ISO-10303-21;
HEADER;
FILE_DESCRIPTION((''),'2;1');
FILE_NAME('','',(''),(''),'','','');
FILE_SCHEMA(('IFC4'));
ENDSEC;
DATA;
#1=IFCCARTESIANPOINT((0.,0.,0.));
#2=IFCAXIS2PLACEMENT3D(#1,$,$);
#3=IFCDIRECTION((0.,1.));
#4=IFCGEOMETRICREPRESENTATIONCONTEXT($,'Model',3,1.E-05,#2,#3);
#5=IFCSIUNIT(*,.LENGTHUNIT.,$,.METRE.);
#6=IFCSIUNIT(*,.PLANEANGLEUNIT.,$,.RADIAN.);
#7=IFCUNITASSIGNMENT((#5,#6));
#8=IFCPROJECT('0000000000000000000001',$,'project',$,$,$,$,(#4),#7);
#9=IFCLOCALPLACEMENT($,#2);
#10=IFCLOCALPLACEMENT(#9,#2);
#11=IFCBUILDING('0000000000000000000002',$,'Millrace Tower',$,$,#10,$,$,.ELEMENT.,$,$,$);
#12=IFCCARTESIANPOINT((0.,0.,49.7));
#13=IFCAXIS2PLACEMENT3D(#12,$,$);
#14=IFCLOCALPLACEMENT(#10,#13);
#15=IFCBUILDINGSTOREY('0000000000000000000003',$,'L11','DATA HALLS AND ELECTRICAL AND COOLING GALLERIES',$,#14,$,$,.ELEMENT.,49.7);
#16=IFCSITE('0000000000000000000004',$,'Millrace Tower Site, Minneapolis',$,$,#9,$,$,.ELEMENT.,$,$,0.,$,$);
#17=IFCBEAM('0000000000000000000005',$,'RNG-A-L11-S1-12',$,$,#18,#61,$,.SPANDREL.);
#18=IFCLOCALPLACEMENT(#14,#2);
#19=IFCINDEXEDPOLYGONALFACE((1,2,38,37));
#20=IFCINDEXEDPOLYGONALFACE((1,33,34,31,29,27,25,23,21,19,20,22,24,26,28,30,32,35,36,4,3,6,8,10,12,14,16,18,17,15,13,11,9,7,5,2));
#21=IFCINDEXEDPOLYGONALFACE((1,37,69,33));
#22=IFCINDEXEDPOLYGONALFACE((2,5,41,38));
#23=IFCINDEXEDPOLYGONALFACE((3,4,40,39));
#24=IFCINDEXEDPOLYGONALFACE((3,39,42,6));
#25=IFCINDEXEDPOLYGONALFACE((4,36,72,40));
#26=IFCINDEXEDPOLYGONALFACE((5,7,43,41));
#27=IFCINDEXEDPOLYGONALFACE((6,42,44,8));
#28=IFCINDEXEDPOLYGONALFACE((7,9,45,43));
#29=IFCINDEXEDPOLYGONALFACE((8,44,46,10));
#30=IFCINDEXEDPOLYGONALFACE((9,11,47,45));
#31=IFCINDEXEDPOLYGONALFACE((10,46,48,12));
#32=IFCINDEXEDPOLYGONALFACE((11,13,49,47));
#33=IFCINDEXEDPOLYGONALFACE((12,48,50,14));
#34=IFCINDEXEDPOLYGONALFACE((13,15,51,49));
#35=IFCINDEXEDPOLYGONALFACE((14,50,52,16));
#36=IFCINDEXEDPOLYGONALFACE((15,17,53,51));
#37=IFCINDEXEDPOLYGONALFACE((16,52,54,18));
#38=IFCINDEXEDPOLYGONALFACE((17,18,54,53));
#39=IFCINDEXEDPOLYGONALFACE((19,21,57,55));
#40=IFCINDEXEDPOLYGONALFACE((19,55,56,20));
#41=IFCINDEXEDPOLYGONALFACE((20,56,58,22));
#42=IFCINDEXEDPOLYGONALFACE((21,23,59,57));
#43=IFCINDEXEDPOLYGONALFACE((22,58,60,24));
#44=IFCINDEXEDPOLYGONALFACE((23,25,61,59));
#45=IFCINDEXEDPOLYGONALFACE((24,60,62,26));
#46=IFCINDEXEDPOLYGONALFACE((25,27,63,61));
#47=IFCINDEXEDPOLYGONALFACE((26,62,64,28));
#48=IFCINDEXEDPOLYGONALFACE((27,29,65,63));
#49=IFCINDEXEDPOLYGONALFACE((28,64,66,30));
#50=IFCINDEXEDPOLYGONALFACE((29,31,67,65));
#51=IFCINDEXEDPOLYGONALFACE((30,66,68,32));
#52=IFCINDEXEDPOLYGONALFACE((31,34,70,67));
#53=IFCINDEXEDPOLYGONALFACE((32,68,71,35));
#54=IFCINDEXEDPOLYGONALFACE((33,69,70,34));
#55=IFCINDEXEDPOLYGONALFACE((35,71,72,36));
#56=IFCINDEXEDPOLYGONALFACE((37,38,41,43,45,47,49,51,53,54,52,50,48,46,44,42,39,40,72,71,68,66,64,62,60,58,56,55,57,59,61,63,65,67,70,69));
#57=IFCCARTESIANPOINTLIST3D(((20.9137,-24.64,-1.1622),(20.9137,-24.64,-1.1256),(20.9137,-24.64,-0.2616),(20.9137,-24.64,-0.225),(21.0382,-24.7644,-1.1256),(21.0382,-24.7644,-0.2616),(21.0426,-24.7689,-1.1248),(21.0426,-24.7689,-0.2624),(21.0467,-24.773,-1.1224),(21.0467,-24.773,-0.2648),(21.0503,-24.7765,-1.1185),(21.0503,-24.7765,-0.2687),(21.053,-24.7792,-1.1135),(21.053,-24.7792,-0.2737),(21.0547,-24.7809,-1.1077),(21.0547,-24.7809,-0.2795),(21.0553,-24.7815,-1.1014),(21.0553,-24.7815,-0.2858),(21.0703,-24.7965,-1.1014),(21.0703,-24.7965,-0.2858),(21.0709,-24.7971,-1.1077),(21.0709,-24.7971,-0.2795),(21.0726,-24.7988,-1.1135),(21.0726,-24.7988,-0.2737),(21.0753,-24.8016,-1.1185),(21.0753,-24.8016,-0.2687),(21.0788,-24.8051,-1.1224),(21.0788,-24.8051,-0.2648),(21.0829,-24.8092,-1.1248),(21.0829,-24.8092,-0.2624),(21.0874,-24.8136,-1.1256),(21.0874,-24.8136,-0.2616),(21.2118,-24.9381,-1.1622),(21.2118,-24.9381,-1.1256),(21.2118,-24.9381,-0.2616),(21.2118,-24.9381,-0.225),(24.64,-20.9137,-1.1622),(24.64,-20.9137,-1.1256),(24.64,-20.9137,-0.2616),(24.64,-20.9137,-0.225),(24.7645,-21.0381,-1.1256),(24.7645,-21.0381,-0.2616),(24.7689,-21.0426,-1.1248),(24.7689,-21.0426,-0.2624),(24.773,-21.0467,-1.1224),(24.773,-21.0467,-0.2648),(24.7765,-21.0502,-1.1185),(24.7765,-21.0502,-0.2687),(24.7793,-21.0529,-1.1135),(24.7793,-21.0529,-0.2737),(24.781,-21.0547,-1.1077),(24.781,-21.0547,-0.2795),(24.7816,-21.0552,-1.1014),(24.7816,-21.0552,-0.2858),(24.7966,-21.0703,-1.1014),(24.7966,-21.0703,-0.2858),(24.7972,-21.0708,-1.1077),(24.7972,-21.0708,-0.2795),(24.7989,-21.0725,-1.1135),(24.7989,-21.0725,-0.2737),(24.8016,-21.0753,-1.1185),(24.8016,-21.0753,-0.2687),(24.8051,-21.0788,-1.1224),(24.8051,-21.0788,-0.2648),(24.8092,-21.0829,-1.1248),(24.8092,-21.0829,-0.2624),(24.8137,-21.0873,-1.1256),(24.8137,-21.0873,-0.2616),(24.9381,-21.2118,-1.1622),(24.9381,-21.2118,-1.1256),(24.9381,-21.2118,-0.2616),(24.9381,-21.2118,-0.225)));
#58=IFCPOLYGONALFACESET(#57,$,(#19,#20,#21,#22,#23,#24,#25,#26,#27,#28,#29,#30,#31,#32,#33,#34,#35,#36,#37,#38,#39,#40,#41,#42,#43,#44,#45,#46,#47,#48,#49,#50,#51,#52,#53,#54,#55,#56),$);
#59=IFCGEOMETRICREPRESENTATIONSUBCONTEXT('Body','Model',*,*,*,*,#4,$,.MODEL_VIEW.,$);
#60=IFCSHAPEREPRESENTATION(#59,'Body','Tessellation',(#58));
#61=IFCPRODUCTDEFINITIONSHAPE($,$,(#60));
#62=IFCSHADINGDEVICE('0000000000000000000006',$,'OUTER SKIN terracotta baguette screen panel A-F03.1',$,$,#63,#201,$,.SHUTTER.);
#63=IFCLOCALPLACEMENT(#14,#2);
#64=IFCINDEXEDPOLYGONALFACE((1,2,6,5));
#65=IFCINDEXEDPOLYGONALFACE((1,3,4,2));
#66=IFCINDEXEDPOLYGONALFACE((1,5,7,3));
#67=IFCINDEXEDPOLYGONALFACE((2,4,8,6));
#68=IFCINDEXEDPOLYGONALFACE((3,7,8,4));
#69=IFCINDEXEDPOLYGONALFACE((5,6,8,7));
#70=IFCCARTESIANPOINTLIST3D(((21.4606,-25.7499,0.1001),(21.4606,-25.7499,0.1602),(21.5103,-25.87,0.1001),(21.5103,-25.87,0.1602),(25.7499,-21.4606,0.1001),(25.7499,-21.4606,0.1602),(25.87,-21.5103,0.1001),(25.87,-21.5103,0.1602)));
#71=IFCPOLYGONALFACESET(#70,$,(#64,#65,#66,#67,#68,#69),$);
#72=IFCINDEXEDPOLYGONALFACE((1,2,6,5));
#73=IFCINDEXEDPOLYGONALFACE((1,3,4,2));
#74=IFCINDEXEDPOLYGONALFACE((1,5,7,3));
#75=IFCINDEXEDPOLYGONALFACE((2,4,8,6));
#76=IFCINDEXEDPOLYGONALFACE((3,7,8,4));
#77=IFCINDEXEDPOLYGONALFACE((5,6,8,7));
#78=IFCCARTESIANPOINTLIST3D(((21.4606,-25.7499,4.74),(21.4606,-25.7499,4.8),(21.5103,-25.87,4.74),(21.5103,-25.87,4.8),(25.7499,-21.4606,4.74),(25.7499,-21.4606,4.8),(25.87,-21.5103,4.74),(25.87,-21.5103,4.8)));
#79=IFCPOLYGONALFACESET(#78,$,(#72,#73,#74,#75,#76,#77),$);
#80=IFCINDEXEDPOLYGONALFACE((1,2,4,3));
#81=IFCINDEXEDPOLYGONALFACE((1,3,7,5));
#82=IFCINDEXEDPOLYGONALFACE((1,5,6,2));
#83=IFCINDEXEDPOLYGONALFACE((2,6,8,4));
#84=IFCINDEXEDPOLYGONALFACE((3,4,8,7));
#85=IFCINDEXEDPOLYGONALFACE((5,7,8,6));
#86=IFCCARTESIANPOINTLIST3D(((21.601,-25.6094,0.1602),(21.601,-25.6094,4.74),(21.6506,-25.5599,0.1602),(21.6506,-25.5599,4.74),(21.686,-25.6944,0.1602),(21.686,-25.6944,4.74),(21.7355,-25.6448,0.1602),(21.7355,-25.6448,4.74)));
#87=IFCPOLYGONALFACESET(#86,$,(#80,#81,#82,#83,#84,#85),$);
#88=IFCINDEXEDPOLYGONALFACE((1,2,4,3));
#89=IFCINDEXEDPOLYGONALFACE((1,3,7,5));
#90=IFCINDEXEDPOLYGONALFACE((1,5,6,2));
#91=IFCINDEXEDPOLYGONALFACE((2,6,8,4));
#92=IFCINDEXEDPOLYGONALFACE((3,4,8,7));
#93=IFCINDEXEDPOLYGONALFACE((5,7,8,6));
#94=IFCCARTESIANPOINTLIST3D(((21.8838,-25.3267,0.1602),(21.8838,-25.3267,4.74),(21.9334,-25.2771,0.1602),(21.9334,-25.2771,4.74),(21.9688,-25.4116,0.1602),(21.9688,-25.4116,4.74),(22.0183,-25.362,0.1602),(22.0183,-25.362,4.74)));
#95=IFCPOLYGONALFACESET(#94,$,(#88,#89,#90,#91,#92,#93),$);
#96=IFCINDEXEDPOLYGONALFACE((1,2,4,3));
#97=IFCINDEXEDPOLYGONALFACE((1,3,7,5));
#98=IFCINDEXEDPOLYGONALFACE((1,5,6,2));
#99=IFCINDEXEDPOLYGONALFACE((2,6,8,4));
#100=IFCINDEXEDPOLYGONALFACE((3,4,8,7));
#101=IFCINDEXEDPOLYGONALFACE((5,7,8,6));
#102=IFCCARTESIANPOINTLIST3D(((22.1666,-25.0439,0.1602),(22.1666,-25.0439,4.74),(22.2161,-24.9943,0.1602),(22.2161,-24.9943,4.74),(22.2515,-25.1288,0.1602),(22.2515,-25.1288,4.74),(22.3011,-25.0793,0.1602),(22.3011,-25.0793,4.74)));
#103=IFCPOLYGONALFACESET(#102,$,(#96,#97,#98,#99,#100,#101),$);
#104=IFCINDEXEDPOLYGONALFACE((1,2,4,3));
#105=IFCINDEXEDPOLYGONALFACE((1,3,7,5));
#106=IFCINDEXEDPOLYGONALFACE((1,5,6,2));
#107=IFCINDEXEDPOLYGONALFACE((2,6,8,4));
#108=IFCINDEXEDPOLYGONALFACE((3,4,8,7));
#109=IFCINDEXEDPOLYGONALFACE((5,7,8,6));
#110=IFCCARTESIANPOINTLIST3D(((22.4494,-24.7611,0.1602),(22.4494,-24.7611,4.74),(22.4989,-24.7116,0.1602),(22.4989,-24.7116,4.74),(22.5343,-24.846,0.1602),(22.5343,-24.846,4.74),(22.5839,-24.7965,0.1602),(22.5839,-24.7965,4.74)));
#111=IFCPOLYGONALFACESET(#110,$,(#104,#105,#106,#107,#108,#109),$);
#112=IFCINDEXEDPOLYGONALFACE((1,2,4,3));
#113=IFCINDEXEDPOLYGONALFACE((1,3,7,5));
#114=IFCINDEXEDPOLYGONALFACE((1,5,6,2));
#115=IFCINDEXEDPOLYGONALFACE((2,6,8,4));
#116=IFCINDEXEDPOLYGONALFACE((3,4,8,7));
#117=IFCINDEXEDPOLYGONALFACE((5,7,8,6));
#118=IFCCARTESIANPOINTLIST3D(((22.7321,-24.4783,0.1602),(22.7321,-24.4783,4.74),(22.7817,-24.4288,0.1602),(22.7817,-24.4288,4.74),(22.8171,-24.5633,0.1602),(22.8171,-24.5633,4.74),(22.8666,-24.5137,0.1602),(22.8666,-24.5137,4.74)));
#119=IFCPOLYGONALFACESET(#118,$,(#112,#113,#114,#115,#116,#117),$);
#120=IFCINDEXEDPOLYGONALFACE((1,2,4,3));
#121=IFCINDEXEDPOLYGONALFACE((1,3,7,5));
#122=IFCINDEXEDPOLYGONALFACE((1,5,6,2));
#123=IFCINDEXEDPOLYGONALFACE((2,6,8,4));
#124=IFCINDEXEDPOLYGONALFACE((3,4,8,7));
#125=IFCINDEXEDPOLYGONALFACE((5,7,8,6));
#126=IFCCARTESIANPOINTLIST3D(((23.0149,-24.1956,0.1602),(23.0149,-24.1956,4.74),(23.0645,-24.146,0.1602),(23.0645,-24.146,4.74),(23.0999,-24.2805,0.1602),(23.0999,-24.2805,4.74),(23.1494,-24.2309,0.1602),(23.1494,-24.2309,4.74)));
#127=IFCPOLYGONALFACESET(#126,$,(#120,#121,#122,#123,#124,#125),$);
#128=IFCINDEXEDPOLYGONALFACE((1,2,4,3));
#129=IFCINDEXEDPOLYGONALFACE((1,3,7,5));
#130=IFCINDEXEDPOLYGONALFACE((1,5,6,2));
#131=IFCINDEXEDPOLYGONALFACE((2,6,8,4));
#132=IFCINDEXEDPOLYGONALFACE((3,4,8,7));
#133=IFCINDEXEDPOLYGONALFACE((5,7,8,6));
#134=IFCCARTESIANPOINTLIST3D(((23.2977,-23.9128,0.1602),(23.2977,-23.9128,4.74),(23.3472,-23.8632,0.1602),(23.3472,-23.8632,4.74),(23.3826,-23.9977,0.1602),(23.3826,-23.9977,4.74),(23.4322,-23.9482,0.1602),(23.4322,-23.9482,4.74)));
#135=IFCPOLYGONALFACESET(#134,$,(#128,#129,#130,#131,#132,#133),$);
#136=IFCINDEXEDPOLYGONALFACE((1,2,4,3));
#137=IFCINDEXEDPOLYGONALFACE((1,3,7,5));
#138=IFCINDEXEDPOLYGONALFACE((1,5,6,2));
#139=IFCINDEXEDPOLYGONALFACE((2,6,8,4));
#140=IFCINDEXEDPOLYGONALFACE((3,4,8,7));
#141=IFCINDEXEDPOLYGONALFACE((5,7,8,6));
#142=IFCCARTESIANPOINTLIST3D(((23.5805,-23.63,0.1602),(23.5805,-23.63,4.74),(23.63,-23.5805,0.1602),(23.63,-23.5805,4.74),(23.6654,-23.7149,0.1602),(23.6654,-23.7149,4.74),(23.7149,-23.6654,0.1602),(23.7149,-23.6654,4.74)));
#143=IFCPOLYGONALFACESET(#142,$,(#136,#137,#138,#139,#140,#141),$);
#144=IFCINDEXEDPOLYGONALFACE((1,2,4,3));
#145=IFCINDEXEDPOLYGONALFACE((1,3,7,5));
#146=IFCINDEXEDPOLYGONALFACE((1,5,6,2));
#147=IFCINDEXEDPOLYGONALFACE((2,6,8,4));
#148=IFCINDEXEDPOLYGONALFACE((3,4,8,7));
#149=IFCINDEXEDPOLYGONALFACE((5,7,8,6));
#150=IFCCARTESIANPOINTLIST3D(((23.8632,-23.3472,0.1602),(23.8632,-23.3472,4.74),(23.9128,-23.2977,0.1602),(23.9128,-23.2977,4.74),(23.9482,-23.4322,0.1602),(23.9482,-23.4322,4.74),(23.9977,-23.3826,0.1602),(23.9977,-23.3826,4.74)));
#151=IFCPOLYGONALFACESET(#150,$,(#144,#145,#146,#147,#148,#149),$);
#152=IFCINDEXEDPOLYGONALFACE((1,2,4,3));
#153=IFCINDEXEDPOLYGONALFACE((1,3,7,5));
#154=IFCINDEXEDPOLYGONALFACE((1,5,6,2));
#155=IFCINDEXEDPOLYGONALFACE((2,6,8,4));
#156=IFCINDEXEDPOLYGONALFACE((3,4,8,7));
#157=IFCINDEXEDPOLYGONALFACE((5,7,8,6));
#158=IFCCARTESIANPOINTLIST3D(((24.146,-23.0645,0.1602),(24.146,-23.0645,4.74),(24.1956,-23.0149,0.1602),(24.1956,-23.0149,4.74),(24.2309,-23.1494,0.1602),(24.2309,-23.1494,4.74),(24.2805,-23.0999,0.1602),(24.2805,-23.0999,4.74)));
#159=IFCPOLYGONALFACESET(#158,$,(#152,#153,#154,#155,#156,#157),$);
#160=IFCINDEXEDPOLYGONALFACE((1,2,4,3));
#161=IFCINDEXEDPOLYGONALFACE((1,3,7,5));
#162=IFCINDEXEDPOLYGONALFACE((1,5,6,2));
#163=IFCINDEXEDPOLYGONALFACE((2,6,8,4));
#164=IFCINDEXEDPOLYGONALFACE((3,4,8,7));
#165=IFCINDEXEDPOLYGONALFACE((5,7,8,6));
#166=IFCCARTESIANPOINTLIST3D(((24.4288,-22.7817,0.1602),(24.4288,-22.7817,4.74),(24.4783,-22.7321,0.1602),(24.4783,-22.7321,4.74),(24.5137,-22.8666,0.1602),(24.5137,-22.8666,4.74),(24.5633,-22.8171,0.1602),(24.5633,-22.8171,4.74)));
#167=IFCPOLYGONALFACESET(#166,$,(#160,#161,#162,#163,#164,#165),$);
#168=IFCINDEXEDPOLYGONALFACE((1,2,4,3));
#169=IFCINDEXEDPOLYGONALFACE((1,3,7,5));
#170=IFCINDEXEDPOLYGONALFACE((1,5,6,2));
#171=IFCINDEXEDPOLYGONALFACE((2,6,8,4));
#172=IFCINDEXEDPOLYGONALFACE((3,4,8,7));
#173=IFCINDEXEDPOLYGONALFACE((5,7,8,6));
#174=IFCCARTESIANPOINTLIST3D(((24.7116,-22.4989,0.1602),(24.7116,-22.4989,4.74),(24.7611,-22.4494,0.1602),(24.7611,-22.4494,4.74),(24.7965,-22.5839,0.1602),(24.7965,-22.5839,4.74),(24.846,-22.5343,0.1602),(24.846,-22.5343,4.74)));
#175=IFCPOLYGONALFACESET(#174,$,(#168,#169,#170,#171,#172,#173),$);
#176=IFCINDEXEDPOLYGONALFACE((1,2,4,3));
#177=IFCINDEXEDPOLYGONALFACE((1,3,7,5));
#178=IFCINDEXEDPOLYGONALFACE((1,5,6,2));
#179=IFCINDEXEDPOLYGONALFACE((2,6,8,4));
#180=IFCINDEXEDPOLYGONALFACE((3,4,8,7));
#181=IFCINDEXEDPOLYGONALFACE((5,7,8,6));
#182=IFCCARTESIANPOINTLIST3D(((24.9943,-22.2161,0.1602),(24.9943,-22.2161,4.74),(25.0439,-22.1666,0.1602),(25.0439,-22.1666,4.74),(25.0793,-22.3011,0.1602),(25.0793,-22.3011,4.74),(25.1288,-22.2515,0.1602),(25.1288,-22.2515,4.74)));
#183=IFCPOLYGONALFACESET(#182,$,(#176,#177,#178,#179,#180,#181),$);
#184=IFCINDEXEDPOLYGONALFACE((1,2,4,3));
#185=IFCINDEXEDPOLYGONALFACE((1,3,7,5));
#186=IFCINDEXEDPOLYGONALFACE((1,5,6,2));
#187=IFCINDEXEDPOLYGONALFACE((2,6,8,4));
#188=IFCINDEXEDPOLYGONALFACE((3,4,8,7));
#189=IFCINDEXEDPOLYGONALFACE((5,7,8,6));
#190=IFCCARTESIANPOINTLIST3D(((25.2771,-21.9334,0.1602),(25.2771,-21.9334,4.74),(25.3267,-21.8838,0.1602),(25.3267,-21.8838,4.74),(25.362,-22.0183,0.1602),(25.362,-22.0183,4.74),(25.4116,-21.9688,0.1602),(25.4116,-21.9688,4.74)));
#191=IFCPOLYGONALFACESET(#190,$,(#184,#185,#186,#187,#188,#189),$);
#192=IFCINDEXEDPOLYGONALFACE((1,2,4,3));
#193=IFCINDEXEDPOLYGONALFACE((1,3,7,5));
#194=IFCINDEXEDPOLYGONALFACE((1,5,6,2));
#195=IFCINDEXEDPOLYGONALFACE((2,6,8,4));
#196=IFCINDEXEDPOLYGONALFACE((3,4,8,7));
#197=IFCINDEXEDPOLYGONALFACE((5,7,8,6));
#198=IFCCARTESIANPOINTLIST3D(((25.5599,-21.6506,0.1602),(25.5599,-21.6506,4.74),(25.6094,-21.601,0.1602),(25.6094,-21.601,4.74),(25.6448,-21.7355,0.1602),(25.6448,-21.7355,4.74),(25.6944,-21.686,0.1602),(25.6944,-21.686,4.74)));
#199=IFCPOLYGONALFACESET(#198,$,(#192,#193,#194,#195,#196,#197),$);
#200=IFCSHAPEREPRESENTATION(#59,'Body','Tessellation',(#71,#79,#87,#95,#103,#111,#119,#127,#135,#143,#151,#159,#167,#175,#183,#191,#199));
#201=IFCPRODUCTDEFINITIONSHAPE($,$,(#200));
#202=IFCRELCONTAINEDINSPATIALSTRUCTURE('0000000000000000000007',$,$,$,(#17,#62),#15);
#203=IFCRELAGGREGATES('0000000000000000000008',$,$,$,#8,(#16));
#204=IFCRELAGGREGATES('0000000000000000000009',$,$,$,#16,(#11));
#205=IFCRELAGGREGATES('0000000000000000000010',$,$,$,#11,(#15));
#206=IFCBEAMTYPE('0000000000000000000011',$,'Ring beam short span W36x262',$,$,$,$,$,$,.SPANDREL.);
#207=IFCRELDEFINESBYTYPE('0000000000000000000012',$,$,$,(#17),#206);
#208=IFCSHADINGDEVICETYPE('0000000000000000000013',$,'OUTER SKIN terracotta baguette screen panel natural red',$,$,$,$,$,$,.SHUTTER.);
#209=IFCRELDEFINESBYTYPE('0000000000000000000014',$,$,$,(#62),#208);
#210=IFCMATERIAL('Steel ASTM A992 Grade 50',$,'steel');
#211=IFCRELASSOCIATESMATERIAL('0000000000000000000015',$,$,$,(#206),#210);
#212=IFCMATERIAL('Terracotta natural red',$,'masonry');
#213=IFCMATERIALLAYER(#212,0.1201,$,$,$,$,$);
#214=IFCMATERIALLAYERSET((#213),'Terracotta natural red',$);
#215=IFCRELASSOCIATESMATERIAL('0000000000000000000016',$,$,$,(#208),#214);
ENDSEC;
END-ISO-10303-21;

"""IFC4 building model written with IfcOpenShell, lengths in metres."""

from ifc_helpers import new_model, entity, si_unit, direction, frame, frame_2d, origin, origin_2d, place, context, subcontext, project, spatial, rectangle, i_section, extrude, source, transform, mapped, material, layer, layer_set, material_profile, profile_set, type_object, element, save


model = new_model("IFC4")

# Units and contexts
model_context = context("Model", 3, precision=1e-05, world=origin(), true_north=direction((0.0, 1.0)))
body_context = subcontext(model_context, "Body", "Model", "MODEL_VIEW")
ifc_project = project(units=[si_unit("LENGTHUNIT", "METRE"), si_unit("PLANEANGLEUNIT", "RADIAN")], contexts=[model_context])

# Site, building, storey
site_placement = place(None, origin())
site = spatial("IfcSite", under=ifc_project, at=site_placement, Name="Millrace Tower Site, Minneapolis", CompositionType="ELEMENT", RefElevation=0.0)
building_placement = place(site_placement, origin())
building = spatial("IfcBuilding", under=site, at=building_placement, Name="Millrace Tower", CompositionType="ELEMENT")
storey_placement = place(building_placement, frame((0.0, 0.0, 49.7)))
storey = spatial("IfcBuildingStorey", under=building, at=storey_placement, Name="L11", Description="DATA HALLS AND ELECTRICAL AND COOLING GALLERIES", CompositionType="ELEMENT", Elevation=49.7)

# Beam
ifc_material_1 = material(Name="Steel ASTM A992 Grade 50", Category="steel")
ifc_material_profile_1 = material_profile(ifc_material_1, i_section(OverallWidth=0.4216, OverallDepth=0.9373, WebThickness=0.0212, FlangeThickness=0.0366, FilletRadius=0.0242, at=origin_2d()))
ifc_profile_set_1 = profile_set([ifc_material_profile_1], Name="Steel ASTM A992 Grade 50")
beam_type_1 = type_object("IfcBeamType", Name="Ring beam short span W36x262", PredefinedType="SPANDREL", material=ifc_profile_set_1)
beam_1_placement = place(storey_placement, frame((24.7891, -21.0627, -0.6936), z_axis=(-0.707107, -0.707107, 0.0), x_axis=(0.707107, -0.707107, 0.0)))
element("IfcBeam", 1, at=beam_1_placement, inside=storey, type_object=beam_type_1, Name="RNG-A-L11-S1-12", PredefinedType="SPANDREL", context=body_context, shape_type="SweptSolid", body=[
    extrude(i_section(OverallWidth=0.4216, OverallDepth=0.9373, WebThickness=0.0212, FlangeThickness=0.0366, FilletRadius=0.0242, at=origin_2d()), origin(), (0.0, 0.0, 1.0), 5.2698),
])

# Shading device
ifc_material_2 = material(Name="Terracotta natural red", Category="masonry")
ifc_layer_1 = layer(ifc_material_2, 0.1201)
ifc_layer_set_1 = layer_set([ifc_layer_1], Name="Terracotta natural red")
shading_device_type_1 = type_object("IfcShadingDeviceType", Name="OUTER SKIN terracotta baguette screen panel natural red", PredefinedType="SHUTTER", material=ifc_layer_set_1)
cartesian_point_1 = entity("IfcCartesianPoint", [-3.033, 0.0601])
shared_polyline_1 = entity("IfcPolyline", [cartesian_point_1, entity("IfcCartesianPoint", [3.033, 0.0601]), entity("IfcCartesianPoint", [3.0828, -0.0601]), entity("IfcCartesianPoint", [-3.0828, -0.0601]), cartesian_point_1])
shared_shape_1 = source(origin(), body_context, "Body", "SweptSolid", [
    entity("IfcExtrudedAreaSolid", entity("IfcArbitraryClosedProfileDef", "AREA", None, shared_polyline_1), entity("IfcAxis2Placement3D", entity("IfcCartesianPoint", [0.0, 0.0, 0.0])), entity("IfcDirection", [0.0, 0.0, 1.0]), 0.0601),
    entity("IfcExtrudedAreaSolid", entity("IfcArbitraryClosedProfileDef", "AREA", None, shared_polyline_1), entity("IfcAxis2Placement3D", entity("IfcCartesianPoint", [0.0, 0.0, 4.6399])), entity("IfcDirection", [0.0, 0.0, 1.0]), 0.0601),
    extrude(rectangle(XDim=0.0701, YDim=0.1201, at=frame_2d((-2.7993, 0.0))), frame((0.0, 0.0, 0.0601)), (0.0, 0.0, 1.0), 4.5798),
    extrude(rectangle(XDim=0.0701, YDim=0.1201, at=frame_2d((-2.3994, 0.0))), frame((0.0, 0.0, 0.0601)), (0.0, 0.0, 1.0), 4.5798),
    extrude(rectangle(XDim=0.0701, YDim=0.1201, at=frame_2d((-1.9995, 0.0))), frame((0.0, 0.0, 0.0601)), (0.0, 0.0, 1.0), 4.5798),
    extrude(rectangle(XDim=0.0701, YDim=0.1201, at=frame_2d((-1.5996, 0.0))), frame((0.0, 0.0, 0.0601)), (0.0, 0.0, 1.0), 4.5798),
    extrude(rectangle(XDim=0.0701, YDim=0.1201, at=frame_2d((-1.1997, 0.0))), frame((0.0, 0.0, 0.0601)), (0.0, 0.0, 1.0), 4.5798),
    extrude(rectangle(XDim=0.0701, YDim=0.1201, at=frame_2d((-0.7998, 0.0))), frame((0.0, 0.0, 0.0601)), (0.0, 0.0, 1.0), 4.5798),
    extrude(rectangle(XDim=0.0701, YDim=0.1201, at=frame_2d((-0.3999, 0.0))), frame((0.0, 0.0, 0.0601)), (0.0, 0.0, 1.0), 4.5798),
    extrude(rectangle(XDim=0.0701, YDim=0.1201, at=origin_2d()), frame((0.0, 0.0, 0.0601)), (0.0, 0.0, 1.0), 4.5798),
    extrude(rectangle(XDim=0.0701, YDim=0.1201, at=frame_2d((0.3999, 0.0))), frame((0.0, 0.0, 0.0601)), (0.0, 0.0, 1.0), 4.5798),
    extrude(rectangle(XDim=0.0701, YDim=0.1201, at=frame_2d((0.7998, 0.0))), frame((0.0, 0.0, 0.0601)), (0.0, 0.0, 1.0), 4.5798),
    extrude(rectangle(XDim=0.0701, YDim=0.1201, at=frame_2d((1.1997, 0.0))), frame((0.0, 0.0, 0.0601)), (0.0, 0.0, 1.0), 4.5798),
    extrude(rectangle(XDim=0.0701, YDim=0.1201, at=frame_2d((1.5996, 0.0))), frame((0.0, 0.0, 0.0601)), (0.0, 0.0, 1.0), 4.5798),
    extrude(rectangle(XDim=0.0701, YDim=0.1201, at=frame_2d((1.9995, 0.0))), frame((0.0, 0.0, 0.0601)), (0.0, 0.0, 1.0), 4.5798),
    extrude(rectangle(XDim=0.0701, YDim=0.1201, at=frame_2d((2.3994, 0.0))), frame((0.0, 0.0, 0.0601)), (0.0, 0.0, 1.0), 4.5798),
    extrude(rectangle(XDim=0.0701, YDim=0.1201, at=frame_2d((2.7993, 0.0))), frame((0.0, 0.0, 0.0601)), (0.0, 0.0, 1.0), 4.5798),
])
shading_device_1_placement = place(storey_placement, frame((23.6477, -23.6477, 0.1001), z_axis=(0.0, 0.0, 1.0), x_axis=(0.707107, 0.707107, 0.0)))
element("IfcShadingDevice", 2, at=shading_device_1_placement, inside=storey, type_object=shading_device_type_1, Name="OUTER SKIN terracotta baguette screen panel A-F03.1", PredefinedType="SHUTTER", context=body_context, shape_type="MappedRepresentation", body=[
    mapped(shared_shape_1, transform((0.0, 0.0, 0.0), scale=1.0)),
])

save(model, "model.ifc")
